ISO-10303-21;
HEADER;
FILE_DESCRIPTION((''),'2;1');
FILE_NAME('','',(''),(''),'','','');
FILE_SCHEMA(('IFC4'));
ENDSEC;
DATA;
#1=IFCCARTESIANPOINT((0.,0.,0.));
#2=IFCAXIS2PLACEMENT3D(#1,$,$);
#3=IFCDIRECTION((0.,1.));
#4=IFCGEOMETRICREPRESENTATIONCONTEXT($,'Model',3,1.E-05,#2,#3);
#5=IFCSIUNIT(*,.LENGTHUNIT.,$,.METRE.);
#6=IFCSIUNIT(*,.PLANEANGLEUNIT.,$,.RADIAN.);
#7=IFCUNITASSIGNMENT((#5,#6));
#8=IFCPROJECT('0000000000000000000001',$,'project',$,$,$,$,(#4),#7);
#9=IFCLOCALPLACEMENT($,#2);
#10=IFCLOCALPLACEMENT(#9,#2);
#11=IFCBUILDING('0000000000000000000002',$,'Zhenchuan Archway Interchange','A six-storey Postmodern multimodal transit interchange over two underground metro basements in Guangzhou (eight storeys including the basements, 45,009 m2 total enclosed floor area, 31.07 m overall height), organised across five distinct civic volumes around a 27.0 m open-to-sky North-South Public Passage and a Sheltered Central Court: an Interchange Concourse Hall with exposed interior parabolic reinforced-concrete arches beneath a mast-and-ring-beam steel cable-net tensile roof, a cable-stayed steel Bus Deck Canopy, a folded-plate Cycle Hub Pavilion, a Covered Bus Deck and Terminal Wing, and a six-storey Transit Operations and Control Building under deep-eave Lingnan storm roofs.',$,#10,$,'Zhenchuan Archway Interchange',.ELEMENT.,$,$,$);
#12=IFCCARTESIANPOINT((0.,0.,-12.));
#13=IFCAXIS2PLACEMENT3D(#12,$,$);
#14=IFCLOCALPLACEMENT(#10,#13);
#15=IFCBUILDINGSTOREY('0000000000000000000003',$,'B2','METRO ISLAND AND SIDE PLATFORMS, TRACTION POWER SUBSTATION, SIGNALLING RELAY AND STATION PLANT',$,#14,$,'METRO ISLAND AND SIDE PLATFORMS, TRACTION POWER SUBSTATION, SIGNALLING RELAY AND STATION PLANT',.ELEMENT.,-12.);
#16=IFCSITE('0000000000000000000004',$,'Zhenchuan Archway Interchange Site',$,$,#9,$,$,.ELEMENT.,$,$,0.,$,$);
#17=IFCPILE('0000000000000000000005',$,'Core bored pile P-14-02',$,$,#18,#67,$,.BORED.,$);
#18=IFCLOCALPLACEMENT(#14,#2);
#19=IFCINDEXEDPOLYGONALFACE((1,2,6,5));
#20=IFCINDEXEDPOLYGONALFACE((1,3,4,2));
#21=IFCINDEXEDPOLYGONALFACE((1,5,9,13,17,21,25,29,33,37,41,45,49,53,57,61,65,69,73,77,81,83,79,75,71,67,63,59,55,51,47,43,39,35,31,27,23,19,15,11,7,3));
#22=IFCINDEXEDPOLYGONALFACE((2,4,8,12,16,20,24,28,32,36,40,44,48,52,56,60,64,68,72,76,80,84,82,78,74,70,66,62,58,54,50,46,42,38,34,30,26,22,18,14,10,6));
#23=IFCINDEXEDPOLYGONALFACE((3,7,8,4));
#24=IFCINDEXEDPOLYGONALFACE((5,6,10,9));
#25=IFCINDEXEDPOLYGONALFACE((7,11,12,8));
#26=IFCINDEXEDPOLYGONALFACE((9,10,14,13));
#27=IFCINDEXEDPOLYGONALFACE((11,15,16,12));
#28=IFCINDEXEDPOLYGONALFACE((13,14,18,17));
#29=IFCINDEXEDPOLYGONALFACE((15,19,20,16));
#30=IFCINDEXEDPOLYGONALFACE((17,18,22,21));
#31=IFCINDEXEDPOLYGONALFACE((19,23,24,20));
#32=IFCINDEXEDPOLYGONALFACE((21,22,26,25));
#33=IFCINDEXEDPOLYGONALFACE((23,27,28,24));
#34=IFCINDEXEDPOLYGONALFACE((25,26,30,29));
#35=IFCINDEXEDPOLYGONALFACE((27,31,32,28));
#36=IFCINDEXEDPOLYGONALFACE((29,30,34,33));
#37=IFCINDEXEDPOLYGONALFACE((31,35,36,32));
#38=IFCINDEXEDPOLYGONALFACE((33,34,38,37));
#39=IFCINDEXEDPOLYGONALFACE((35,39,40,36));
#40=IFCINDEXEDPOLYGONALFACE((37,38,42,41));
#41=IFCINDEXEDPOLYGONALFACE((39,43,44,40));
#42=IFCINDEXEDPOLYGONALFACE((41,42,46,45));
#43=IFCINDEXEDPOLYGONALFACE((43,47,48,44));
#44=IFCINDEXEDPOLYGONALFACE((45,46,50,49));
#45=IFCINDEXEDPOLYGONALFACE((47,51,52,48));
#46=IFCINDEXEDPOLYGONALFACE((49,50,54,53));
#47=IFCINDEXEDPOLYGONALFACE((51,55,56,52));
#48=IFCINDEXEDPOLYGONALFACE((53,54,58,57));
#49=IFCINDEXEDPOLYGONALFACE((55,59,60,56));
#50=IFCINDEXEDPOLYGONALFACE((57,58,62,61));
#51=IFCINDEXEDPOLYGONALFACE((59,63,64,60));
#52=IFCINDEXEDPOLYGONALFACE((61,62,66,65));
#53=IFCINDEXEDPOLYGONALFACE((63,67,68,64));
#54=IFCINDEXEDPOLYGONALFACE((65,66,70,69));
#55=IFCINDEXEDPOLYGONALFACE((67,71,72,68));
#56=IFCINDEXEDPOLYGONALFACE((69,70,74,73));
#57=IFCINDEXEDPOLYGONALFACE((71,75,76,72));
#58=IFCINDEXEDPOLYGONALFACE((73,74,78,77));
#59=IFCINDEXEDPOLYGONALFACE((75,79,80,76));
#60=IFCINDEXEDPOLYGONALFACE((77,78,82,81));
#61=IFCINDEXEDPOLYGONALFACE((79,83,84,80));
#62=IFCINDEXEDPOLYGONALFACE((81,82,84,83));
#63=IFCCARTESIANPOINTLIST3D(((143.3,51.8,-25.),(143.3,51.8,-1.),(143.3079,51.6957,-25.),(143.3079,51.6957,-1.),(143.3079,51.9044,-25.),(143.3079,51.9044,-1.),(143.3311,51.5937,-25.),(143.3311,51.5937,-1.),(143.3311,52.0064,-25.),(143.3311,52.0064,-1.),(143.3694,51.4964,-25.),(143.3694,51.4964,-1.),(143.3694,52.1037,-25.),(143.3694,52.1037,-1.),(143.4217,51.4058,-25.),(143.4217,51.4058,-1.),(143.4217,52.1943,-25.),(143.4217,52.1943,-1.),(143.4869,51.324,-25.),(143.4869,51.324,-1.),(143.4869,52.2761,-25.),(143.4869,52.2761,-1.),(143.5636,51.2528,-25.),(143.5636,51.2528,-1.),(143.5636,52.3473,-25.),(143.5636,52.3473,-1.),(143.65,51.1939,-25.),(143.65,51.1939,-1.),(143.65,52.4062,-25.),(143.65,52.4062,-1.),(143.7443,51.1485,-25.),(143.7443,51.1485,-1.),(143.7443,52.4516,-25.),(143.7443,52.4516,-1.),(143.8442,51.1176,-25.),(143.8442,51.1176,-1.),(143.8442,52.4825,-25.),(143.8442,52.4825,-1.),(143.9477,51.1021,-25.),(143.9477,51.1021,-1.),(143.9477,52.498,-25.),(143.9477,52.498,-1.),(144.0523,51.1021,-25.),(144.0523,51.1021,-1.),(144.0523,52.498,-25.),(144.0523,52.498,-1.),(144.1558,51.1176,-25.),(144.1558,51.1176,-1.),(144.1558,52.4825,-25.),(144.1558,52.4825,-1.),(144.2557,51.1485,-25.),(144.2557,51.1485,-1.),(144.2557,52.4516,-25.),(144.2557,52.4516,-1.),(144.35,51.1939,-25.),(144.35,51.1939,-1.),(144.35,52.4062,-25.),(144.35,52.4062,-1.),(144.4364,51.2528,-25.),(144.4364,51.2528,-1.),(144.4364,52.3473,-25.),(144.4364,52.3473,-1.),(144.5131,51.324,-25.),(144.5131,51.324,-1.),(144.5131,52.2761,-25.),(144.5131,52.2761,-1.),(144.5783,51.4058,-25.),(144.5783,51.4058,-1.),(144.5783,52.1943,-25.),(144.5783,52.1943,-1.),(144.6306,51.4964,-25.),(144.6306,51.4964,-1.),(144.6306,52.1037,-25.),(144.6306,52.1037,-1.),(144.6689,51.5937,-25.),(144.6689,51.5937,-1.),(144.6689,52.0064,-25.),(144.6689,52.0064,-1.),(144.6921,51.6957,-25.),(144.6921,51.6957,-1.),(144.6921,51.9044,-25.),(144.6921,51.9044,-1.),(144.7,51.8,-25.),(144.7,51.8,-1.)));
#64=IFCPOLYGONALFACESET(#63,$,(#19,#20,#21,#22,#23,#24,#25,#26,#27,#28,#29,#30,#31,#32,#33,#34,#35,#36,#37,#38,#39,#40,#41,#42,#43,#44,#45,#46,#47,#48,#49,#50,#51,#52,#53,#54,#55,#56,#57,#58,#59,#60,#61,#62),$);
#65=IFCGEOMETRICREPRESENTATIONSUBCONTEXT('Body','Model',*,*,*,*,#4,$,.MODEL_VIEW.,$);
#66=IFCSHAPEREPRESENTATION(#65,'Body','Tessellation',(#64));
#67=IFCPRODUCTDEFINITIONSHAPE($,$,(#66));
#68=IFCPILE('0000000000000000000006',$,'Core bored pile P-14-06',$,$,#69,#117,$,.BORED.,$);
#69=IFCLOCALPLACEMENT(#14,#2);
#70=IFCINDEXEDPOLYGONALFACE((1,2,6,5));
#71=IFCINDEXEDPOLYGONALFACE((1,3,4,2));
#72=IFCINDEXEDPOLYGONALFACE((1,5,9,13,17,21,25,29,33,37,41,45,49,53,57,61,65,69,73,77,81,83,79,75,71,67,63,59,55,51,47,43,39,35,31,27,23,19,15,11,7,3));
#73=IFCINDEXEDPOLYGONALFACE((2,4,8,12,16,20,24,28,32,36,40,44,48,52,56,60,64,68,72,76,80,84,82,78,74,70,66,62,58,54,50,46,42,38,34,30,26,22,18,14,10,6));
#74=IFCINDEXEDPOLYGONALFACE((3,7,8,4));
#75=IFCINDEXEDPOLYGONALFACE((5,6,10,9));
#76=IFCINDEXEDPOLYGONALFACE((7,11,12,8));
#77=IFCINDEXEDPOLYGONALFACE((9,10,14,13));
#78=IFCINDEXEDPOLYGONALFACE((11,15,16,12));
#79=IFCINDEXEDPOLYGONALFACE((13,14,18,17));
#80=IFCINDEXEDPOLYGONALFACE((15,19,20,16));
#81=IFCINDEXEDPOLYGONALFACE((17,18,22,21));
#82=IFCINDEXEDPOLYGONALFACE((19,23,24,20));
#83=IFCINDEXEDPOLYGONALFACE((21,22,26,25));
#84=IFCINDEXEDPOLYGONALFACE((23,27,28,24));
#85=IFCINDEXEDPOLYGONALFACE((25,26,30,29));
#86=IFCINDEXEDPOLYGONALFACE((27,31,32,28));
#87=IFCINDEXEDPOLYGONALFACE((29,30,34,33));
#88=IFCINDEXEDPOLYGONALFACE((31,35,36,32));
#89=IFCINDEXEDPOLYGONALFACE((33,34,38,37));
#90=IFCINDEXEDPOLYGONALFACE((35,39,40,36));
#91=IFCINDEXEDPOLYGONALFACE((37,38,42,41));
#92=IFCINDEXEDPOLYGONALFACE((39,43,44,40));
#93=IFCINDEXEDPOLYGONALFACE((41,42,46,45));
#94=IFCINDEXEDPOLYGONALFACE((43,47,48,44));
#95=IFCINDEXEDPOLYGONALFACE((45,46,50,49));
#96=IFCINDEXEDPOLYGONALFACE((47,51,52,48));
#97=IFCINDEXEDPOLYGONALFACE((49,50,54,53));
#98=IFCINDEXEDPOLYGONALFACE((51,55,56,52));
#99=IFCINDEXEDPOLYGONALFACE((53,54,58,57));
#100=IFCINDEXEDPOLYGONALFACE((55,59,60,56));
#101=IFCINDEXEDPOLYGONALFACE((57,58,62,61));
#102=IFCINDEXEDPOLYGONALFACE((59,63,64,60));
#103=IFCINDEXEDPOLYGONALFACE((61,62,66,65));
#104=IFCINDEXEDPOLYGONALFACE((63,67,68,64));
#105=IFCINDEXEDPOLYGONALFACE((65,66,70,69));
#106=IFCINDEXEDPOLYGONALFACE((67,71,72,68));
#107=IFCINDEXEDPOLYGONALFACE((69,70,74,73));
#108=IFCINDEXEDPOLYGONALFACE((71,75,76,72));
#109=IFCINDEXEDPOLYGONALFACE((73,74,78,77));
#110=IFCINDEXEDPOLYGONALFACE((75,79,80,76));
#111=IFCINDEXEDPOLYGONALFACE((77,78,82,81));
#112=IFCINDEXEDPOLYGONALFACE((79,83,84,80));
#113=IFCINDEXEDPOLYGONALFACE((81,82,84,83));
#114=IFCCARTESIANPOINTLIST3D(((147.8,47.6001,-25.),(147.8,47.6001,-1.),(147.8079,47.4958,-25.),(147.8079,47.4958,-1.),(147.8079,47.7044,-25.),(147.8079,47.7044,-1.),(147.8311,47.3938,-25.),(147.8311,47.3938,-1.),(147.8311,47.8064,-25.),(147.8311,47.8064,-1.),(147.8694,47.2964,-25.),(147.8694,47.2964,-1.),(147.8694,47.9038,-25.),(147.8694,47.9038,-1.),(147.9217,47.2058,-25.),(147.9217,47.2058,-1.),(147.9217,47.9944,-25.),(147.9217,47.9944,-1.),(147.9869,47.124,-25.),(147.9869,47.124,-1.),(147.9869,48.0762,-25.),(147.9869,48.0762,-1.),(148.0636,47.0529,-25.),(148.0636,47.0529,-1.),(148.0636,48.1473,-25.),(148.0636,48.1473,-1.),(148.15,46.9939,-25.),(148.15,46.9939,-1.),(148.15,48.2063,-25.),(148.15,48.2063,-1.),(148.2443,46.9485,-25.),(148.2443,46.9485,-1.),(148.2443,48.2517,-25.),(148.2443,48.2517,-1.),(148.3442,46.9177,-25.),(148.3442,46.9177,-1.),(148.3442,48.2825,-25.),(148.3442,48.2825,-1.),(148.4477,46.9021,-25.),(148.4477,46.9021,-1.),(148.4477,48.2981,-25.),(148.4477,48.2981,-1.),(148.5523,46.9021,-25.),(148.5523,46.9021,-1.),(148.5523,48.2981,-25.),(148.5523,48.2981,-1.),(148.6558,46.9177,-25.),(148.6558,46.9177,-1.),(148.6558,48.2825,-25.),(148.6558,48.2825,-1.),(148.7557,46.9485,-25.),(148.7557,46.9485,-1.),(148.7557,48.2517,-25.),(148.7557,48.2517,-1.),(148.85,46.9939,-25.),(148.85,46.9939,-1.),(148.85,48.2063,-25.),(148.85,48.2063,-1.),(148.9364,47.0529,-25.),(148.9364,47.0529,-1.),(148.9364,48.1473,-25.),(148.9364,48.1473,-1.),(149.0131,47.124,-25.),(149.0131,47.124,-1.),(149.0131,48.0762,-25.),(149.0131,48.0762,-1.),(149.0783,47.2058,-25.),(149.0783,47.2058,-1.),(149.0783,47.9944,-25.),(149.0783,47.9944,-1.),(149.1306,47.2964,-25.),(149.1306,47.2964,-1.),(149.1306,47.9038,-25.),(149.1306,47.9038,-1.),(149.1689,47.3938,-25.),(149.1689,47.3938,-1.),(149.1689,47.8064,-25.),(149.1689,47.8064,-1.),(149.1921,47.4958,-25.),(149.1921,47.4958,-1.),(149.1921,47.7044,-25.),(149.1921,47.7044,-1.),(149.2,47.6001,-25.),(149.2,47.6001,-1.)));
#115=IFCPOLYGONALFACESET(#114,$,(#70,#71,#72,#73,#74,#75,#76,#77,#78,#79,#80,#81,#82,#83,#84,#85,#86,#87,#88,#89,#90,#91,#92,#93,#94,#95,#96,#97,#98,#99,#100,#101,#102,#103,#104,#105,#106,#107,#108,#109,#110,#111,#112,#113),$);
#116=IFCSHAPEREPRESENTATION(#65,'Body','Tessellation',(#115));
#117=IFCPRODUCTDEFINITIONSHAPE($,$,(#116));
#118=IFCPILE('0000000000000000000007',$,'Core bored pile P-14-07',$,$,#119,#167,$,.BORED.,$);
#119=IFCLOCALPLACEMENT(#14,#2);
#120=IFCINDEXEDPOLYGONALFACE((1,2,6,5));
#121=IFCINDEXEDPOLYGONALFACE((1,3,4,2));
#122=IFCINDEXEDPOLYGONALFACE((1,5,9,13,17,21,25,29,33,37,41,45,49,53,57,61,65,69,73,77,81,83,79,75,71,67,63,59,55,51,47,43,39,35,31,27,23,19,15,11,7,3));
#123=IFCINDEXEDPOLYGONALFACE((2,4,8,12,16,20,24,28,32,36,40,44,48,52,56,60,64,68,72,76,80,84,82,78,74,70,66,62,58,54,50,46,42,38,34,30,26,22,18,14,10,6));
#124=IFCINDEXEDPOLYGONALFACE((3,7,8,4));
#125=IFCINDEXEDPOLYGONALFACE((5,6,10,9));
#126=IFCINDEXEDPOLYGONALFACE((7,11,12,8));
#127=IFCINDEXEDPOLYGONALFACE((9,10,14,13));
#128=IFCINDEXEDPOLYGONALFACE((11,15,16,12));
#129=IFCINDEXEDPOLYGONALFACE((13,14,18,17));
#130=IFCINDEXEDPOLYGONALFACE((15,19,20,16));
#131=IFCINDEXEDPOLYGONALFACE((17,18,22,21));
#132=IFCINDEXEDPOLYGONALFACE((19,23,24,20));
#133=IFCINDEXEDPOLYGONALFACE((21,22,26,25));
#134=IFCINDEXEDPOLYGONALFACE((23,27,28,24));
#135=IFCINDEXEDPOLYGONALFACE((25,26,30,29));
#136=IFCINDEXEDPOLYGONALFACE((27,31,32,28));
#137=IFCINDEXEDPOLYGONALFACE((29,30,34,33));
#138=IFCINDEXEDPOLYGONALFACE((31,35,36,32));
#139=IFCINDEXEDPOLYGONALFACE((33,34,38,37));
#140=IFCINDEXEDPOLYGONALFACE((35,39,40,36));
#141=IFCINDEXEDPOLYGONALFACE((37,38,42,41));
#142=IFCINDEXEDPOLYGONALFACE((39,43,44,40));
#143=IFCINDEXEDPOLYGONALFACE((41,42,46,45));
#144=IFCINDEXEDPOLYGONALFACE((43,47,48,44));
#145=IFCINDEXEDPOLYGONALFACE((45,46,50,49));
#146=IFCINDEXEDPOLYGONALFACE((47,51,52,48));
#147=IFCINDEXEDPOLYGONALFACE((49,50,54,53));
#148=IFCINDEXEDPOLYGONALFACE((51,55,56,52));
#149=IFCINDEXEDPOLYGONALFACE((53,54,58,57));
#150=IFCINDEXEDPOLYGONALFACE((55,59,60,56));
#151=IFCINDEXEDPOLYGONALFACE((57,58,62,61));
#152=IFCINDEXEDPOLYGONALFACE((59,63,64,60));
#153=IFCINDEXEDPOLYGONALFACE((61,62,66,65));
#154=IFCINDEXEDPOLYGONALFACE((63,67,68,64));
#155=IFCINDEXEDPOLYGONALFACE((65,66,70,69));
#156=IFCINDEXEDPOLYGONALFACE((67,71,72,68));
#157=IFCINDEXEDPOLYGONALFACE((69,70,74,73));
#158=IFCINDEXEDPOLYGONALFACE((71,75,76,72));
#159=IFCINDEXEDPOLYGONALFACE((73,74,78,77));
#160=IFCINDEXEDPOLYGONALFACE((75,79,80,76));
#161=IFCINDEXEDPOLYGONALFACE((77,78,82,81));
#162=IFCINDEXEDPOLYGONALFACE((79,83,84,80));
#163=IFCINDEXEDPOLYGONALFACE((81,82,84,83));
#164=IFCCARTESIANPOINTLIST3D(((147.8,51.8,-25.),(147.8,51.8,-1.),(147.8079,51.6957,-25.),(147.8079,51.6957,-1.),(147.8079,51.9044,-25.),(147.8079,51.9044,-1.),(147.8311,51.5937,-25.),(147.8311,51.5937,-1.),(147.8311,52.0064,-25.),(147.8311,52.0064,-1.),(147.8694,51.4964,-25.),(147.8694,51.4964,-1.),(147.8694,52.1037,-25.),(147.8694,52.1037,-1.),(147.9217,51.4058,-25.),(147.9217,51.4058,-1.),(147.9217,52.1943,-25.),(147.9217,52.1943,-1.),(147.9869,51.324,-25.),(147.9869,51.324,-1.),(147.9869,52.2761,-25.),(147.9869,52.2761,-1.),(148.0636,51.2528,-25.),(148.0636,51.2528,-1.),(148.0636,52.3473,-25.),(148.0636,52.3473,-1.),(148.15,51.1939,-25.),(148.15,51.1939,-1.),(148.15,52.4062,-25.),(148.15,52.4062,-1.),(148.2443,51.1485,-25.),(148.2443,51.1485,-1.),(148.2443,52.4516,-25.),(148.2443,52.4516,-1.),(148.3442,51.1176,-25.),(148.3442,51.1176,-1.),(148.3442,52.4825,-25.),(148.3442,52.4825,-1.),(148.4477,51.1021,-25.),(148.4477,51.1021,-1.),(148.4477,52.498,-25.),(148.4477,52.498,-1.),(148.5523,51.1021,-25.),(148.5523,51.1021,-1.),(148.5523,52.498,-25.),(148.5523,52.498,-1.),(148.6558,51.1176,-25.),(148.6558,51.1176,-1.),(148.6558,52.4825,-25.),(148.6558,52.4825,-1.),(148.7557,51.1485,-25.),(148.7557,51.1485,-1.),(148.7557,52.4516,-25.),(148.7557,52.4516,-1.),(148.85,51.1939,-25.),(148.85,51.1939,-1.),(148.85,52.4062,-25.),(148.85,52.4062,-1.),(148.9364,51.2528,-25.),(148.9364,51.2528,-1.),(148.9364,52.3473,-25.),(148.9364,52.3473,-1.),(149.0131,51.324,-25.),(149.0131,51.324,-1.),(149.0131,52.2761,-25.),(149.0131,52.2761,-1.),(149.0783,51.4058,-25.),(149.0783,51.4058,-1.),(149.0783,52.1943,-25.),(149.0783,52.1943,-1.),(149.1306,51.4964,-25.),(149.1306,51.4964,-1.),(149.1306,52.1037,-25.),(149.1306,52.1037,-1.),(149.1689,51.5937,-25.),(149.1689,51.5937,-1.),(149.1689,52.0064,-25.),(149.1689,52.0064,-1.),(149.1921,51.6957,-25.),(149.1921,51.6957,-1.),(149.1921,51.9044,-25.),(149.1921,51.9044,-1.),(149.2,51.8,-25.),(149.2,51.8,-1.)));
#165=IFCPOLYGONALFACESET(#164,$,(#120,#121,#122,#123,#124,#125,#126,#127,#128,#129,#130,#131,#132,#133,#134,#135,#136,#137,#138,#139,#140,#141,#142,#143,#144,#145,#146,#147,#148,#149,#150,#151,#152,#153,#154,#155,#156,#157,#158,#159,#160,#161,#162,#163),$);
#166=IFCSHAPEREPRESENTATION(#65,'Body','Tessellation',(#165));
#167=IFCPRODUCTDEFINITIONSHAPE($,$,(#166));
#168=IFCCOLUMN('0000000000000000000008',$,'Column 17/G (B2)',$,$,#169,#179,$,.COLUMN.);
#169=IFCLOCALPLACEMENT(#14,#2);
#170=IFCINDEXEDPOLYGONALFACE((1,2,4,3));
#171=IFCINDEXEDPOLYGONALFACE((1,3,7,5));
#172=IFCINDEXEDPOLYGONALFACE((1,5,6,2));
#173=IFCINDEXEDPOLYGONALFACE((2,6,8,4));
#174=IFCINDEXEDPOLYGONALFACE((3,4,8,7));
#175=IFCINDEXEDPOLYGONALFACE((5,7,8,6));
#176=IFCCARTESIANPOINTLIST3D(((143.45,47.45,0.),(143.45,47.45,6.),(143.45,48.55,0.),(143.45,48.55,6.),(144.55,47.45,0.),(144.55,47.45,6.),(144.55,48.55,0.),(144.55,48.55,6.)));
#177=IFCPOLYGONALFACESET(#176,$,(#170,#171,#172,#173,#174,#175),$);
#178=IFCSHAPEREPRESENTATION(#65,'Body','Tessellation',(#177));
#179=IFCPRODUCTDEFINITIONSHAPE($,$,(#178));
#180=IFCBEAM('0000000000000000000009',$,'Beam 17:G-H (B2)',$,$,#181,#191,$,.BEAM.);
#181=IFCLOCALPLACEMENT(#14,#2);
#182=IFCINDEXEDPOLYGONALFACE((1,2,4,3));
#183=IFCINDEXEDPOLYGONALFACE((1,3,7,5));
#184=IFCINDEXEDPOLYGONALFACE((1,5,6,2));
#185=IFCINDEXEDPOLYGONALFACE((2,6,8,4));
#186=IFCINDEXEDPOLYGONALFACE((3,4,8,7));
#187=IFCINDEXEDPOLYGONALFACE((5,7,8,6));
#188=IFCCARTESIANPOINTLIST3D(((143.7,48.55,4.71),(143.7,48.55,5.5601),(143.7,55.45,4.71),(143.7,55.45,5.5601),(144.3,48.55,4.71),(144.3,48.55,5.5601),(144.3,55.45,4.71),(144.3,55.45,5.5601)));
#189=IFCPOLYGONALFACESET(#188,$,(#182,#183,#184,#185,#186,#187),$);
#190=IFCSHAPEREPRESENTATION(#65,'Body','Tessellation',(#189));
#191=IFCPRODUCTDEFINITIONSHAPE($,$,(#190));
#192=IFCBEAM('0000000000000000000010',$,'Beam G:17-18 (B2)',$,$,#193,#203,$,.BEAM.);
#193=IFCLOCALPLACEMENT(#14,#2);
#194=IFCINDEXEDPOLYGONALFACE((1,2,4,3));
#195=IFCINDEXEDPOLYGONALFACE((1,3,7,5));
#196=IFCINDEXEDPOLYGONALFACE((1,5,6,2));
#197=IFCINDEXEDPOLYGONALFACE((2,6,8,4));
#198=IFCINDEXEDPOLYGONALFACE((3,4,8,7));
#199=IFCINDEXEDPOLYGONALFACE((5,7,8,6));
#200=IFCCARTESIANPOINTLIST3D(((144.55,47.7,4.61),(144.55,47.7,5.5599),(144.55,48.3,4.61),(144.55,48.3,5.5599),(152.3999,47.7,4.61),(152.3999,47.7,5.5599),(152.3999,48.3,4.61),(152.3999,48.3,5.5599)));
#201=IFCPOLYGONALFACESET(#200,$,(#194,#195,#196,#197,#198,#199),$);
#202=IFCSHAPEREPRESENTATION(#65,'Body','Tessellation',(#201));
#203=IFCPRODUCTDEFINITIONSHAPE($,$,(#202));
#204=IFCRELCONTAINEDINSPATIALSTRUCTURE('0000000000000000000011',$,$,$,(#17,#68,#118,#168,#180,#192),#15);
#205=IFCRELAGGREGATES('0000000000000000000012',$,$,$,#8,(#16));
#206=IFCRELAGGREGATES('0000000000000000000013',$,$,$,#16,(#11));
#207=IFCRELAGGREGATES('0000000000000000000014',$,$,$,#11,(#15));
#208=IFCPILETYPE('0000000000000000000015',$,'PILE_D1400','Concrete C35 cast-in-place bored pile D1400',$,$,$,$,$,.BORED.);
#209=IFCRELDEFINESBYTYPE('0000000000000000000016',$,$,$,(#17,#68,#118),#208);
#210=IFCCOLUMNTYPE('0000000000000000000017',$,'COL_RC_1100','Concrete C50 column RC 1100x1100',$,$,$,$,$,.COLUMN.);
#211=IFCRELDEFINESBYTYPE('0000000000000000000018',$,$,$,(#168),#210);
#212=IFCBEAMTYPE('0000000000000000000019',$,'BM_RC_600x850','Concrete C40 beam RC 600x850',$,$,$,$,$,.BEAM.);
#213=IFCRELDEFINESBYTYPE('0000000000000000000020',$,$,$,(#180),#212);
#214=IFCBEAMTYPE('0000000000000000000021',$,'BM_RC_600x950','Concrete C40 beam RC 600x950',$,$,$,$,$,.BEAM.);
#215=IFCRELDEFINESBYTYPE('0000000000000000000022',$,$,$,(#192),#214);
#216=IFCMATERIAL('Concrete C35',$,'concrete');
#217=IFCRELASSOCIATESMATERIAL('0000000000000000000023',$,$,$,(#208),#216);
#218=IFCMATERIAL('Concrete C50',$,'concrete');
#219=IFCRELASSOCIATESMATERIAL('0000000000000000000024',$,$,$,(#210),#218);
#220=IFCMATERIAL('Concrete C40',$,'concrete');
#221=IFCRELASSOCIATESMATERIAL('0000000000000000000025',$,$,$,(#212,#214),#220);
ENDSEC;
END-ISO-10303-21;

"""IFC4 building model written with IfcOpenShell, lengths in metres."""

from ifc_helpers import new_model, si_unit, direction, frame, origin, origin_2d, place, context, subcontext, project, spatial, rectangle, circle, extrude, material, material_profile, profile_set, type_object, element, save


model = new_model("IFC4")

# Units and contexts
model_context = context("Model", 3, precision=1e-05, world=origin(), true_north=direction((0.0, 1.0)))
body_context = subcontext(model_context, "Body", "Model", "MODEL_VIEW")
ifc_project = project(units=[si_unit("LENGTHUNIT", "METRE"), si_unit("PLANEANGLEUNIT", "RADIAN")], contexts=[model_context])

# Site, building, storey
site_placement = place(None, origin())
site = spatial("IfcSite", under=ifc_project, at=site_placement, Name="Zhenchuan Archway Interchange Site", CompositionType="ELEMENT", RefElevation=0.0)
building_placement = place(site_placement, origin())
building = spatial("IfcBuilding", under=site, at=building_placement, Name="Zhenchuan Archway Interchange", Description="A six-storey Postmodern multimodal transit interchange over two underground metro basements in Guangzhou (eight storeys including the basements, 45,009 m2 total enclosed floor area, 31.07 m overall height), organised across five distinct civic volumes around a 27.0 m open-to-sky North-South Public Passage and a Sheltered Central Court: an Interchange Concourse Hall with exposed interior parabolic reinforced-concrete arches beneath a mast-and-ring-beam steel cable-net tensile roof, a cable-stayed steel Bus Deck Canopy, a folded-plate Cycle Hub Pavilion, a Covered Bus Deck and Terminal Wing, and a six-storey Transit Operations and Control Building under deep-eave Lingnan storm roofs.", LongName="Zhenchuan Archway Interchange", CompositionType="ELEMENT")
storey_placement = place(building_placement, frame((0.0, 0.0, -12.0)))
storey = spatial("IfcBuildingStorey", under=building, at=storey_placement, Name="B2", Description="METRO ISLAND AND SIDE PLATFORMS, TRACTION POWER SUBSTATION, SIGNALLING RELAY AND STATION PLANT", LongName="METRO ISLAND AND SIDE PLATFORMS, TRACTION POWER SUBSTATION, SIGNALLING RELAY AND STATION PLANT", CompositionType="ELEMENT", Elevation=-12.0)

# Piles
ifc_material_1 = material(Name="Concrete C35", Category="concrete")
ifc_material_profile_1 = material_profile(ifc_material_1, circle(Radius=0.7, at=origin_2d()), Name="BORED PILE 1400")
ifc_profile_set_1 = profile_set([ifc_material_profile_1], Name="Concrete C35")
pile_type_1 = type_object("IfcPileType", Name="PILE_D1400", Description="Concrete C35 cast-in-place bored pile D1400", PredefinedType="BORED", material=ifc_profile_set_1)
for number, where, z_axis, x_axis, name in (
    (1, (144.0, 51.8, -1.0), (0.0, 0.0, -1.0), (1.0, 0.0, 0.0), "Core bored pile P-14-02"),
    (2, (148.5, 47.6001, -1.0), (0.0, 0.0, -1.0), (1.0, 0.0, 0.0), "Core bored pile P-14-06"),
    (3, (148.5, 51.8, -1.0), (0.0, 0.0, -1.0), (1.0, 0.0, 0.0), "Core bored pile P-14-07"),
):
    element("IfcPile", number, at=place(storey_placement, frame(where, z_axis=z_axis, x_axis=x_axis)), inside=storey, type_object=pile_type_1, Name=name, PredefinedType="BORED", context=body_context, shape_type="SweptSolid", body=[
        extrude(circle(Radius=0.7, at=origin_2d()), origin(), (0.0, 0.0, 1.0), 24.0),
    ])

# Column
ifc_material_2 = material(Name="Concrete C50", Category="concrete")
ifc_material_profile_2 = material_profile(ifc_material_2, rectangle(XDim=1.1001, YDim=1.1001, at=origin_2d()), Name="RC 1100x1100")
ifc_profile_set_2 = profile_set([ifc_material_profile_2], Name="Concrete C50")
column_type = type_object("IfcColumnType", Name="COL_RC_1100", Description="Concrete C50 column RC 1100x1100", PredefinedType="COLUMN", material=ifc_profile_set_2)
column_placement = place(storey_placement, frame((144.0, 48.0, 0.0), z_axis=(0.0, 0.0, 1.0), x_axis=(1.0, 0.0, 0.0)))
element("IfcColumn", 4, at=column_placement, inside=storey, type_object=column_type, Name="Column 17/G (B2)", PredefinedType="COLUMN", context=body_context, shape_type="SweptSolid", body=[
    extrude(rectangle(XDim=1.1001, YDim=1.1001, at=origin_2d()), origin(), (0.0, 0.0, 1.0), 6.0),
])

# Beams
ifc_material_3 = material(Name="Concrete C40", Category="concrete")
ifc_material_profile_3 = material_profile(ifc_material_3, rectangle(XDim=0.6001, YDim=0.8501, at=origin_2d()), Name="RC 600x850")
ifc_profile_set_3 = profile_set([ifc_material_profile_3], Name="Concrete C40")
beam_type_1 = type_object("IfcBeamType", Name="BM_RC_600x850", Description="Concrete C40 beam RC 600x850", PredefinedType="BEAM", material=ifc_profile_set_3)
beam_1_placement = place(storey_placement, frame((144.0, 48.55, 5.135), z_axis=(0.0, 1.0, 0.0), x_axis=(-1.0, 0.0, 0.0)))
element("IfcBeam", 5, at=beam_1_placement, inside=storey, type_object=beam_type_1, Name="Beam 17:G-H (B2)", PredefinedType="BEAM", context=body_context, shape_type="SweptSolid", body=[
    extrude(rectangle(XDim=0.6001, YDim=0.8501, at=origin_2d()), origin(), (0.0, 0.0, 1.0), 6.8999),
])
ifc_material_profile_4 = material_profile(ifc_material_3, rectangle(XDim=0.6001, YDim=0.95, at=origin_2d()), Name="RC 600x950")
ifc_profile_set_4 = profile_set([ifc_material_profile_4], Name="Concrete C40")
beam_type_2 = type_object("IfcBeamType", Name="BM_RC_600x950", Description="Concrete C40 beam RC 600x950", PredefinedType="BEAM", material=ifc_profile_set_4)
beam_2_placement = place(storey_placement, frame((144.55, 48.0, 5.085), z_axis=(1.0, 0.0, 0.0), x_axis=(0.0, 1.0, 0.0)))
element("IfcBeam", 6, at=beam_2_placement, inside=storey, type_object=beam_type_2, Name="Beam G:17-18 (B2)", PredefinedType="BEAM", context=body_context, shape_type="SweptSolid", body=[
    extrude(rectangle(XDim=0.6001, YDim=0.95, at=origin_2d()), origin(), (0.0, 0.0, 1.0), 7.8499),
])

save(model, "model.ifc")
